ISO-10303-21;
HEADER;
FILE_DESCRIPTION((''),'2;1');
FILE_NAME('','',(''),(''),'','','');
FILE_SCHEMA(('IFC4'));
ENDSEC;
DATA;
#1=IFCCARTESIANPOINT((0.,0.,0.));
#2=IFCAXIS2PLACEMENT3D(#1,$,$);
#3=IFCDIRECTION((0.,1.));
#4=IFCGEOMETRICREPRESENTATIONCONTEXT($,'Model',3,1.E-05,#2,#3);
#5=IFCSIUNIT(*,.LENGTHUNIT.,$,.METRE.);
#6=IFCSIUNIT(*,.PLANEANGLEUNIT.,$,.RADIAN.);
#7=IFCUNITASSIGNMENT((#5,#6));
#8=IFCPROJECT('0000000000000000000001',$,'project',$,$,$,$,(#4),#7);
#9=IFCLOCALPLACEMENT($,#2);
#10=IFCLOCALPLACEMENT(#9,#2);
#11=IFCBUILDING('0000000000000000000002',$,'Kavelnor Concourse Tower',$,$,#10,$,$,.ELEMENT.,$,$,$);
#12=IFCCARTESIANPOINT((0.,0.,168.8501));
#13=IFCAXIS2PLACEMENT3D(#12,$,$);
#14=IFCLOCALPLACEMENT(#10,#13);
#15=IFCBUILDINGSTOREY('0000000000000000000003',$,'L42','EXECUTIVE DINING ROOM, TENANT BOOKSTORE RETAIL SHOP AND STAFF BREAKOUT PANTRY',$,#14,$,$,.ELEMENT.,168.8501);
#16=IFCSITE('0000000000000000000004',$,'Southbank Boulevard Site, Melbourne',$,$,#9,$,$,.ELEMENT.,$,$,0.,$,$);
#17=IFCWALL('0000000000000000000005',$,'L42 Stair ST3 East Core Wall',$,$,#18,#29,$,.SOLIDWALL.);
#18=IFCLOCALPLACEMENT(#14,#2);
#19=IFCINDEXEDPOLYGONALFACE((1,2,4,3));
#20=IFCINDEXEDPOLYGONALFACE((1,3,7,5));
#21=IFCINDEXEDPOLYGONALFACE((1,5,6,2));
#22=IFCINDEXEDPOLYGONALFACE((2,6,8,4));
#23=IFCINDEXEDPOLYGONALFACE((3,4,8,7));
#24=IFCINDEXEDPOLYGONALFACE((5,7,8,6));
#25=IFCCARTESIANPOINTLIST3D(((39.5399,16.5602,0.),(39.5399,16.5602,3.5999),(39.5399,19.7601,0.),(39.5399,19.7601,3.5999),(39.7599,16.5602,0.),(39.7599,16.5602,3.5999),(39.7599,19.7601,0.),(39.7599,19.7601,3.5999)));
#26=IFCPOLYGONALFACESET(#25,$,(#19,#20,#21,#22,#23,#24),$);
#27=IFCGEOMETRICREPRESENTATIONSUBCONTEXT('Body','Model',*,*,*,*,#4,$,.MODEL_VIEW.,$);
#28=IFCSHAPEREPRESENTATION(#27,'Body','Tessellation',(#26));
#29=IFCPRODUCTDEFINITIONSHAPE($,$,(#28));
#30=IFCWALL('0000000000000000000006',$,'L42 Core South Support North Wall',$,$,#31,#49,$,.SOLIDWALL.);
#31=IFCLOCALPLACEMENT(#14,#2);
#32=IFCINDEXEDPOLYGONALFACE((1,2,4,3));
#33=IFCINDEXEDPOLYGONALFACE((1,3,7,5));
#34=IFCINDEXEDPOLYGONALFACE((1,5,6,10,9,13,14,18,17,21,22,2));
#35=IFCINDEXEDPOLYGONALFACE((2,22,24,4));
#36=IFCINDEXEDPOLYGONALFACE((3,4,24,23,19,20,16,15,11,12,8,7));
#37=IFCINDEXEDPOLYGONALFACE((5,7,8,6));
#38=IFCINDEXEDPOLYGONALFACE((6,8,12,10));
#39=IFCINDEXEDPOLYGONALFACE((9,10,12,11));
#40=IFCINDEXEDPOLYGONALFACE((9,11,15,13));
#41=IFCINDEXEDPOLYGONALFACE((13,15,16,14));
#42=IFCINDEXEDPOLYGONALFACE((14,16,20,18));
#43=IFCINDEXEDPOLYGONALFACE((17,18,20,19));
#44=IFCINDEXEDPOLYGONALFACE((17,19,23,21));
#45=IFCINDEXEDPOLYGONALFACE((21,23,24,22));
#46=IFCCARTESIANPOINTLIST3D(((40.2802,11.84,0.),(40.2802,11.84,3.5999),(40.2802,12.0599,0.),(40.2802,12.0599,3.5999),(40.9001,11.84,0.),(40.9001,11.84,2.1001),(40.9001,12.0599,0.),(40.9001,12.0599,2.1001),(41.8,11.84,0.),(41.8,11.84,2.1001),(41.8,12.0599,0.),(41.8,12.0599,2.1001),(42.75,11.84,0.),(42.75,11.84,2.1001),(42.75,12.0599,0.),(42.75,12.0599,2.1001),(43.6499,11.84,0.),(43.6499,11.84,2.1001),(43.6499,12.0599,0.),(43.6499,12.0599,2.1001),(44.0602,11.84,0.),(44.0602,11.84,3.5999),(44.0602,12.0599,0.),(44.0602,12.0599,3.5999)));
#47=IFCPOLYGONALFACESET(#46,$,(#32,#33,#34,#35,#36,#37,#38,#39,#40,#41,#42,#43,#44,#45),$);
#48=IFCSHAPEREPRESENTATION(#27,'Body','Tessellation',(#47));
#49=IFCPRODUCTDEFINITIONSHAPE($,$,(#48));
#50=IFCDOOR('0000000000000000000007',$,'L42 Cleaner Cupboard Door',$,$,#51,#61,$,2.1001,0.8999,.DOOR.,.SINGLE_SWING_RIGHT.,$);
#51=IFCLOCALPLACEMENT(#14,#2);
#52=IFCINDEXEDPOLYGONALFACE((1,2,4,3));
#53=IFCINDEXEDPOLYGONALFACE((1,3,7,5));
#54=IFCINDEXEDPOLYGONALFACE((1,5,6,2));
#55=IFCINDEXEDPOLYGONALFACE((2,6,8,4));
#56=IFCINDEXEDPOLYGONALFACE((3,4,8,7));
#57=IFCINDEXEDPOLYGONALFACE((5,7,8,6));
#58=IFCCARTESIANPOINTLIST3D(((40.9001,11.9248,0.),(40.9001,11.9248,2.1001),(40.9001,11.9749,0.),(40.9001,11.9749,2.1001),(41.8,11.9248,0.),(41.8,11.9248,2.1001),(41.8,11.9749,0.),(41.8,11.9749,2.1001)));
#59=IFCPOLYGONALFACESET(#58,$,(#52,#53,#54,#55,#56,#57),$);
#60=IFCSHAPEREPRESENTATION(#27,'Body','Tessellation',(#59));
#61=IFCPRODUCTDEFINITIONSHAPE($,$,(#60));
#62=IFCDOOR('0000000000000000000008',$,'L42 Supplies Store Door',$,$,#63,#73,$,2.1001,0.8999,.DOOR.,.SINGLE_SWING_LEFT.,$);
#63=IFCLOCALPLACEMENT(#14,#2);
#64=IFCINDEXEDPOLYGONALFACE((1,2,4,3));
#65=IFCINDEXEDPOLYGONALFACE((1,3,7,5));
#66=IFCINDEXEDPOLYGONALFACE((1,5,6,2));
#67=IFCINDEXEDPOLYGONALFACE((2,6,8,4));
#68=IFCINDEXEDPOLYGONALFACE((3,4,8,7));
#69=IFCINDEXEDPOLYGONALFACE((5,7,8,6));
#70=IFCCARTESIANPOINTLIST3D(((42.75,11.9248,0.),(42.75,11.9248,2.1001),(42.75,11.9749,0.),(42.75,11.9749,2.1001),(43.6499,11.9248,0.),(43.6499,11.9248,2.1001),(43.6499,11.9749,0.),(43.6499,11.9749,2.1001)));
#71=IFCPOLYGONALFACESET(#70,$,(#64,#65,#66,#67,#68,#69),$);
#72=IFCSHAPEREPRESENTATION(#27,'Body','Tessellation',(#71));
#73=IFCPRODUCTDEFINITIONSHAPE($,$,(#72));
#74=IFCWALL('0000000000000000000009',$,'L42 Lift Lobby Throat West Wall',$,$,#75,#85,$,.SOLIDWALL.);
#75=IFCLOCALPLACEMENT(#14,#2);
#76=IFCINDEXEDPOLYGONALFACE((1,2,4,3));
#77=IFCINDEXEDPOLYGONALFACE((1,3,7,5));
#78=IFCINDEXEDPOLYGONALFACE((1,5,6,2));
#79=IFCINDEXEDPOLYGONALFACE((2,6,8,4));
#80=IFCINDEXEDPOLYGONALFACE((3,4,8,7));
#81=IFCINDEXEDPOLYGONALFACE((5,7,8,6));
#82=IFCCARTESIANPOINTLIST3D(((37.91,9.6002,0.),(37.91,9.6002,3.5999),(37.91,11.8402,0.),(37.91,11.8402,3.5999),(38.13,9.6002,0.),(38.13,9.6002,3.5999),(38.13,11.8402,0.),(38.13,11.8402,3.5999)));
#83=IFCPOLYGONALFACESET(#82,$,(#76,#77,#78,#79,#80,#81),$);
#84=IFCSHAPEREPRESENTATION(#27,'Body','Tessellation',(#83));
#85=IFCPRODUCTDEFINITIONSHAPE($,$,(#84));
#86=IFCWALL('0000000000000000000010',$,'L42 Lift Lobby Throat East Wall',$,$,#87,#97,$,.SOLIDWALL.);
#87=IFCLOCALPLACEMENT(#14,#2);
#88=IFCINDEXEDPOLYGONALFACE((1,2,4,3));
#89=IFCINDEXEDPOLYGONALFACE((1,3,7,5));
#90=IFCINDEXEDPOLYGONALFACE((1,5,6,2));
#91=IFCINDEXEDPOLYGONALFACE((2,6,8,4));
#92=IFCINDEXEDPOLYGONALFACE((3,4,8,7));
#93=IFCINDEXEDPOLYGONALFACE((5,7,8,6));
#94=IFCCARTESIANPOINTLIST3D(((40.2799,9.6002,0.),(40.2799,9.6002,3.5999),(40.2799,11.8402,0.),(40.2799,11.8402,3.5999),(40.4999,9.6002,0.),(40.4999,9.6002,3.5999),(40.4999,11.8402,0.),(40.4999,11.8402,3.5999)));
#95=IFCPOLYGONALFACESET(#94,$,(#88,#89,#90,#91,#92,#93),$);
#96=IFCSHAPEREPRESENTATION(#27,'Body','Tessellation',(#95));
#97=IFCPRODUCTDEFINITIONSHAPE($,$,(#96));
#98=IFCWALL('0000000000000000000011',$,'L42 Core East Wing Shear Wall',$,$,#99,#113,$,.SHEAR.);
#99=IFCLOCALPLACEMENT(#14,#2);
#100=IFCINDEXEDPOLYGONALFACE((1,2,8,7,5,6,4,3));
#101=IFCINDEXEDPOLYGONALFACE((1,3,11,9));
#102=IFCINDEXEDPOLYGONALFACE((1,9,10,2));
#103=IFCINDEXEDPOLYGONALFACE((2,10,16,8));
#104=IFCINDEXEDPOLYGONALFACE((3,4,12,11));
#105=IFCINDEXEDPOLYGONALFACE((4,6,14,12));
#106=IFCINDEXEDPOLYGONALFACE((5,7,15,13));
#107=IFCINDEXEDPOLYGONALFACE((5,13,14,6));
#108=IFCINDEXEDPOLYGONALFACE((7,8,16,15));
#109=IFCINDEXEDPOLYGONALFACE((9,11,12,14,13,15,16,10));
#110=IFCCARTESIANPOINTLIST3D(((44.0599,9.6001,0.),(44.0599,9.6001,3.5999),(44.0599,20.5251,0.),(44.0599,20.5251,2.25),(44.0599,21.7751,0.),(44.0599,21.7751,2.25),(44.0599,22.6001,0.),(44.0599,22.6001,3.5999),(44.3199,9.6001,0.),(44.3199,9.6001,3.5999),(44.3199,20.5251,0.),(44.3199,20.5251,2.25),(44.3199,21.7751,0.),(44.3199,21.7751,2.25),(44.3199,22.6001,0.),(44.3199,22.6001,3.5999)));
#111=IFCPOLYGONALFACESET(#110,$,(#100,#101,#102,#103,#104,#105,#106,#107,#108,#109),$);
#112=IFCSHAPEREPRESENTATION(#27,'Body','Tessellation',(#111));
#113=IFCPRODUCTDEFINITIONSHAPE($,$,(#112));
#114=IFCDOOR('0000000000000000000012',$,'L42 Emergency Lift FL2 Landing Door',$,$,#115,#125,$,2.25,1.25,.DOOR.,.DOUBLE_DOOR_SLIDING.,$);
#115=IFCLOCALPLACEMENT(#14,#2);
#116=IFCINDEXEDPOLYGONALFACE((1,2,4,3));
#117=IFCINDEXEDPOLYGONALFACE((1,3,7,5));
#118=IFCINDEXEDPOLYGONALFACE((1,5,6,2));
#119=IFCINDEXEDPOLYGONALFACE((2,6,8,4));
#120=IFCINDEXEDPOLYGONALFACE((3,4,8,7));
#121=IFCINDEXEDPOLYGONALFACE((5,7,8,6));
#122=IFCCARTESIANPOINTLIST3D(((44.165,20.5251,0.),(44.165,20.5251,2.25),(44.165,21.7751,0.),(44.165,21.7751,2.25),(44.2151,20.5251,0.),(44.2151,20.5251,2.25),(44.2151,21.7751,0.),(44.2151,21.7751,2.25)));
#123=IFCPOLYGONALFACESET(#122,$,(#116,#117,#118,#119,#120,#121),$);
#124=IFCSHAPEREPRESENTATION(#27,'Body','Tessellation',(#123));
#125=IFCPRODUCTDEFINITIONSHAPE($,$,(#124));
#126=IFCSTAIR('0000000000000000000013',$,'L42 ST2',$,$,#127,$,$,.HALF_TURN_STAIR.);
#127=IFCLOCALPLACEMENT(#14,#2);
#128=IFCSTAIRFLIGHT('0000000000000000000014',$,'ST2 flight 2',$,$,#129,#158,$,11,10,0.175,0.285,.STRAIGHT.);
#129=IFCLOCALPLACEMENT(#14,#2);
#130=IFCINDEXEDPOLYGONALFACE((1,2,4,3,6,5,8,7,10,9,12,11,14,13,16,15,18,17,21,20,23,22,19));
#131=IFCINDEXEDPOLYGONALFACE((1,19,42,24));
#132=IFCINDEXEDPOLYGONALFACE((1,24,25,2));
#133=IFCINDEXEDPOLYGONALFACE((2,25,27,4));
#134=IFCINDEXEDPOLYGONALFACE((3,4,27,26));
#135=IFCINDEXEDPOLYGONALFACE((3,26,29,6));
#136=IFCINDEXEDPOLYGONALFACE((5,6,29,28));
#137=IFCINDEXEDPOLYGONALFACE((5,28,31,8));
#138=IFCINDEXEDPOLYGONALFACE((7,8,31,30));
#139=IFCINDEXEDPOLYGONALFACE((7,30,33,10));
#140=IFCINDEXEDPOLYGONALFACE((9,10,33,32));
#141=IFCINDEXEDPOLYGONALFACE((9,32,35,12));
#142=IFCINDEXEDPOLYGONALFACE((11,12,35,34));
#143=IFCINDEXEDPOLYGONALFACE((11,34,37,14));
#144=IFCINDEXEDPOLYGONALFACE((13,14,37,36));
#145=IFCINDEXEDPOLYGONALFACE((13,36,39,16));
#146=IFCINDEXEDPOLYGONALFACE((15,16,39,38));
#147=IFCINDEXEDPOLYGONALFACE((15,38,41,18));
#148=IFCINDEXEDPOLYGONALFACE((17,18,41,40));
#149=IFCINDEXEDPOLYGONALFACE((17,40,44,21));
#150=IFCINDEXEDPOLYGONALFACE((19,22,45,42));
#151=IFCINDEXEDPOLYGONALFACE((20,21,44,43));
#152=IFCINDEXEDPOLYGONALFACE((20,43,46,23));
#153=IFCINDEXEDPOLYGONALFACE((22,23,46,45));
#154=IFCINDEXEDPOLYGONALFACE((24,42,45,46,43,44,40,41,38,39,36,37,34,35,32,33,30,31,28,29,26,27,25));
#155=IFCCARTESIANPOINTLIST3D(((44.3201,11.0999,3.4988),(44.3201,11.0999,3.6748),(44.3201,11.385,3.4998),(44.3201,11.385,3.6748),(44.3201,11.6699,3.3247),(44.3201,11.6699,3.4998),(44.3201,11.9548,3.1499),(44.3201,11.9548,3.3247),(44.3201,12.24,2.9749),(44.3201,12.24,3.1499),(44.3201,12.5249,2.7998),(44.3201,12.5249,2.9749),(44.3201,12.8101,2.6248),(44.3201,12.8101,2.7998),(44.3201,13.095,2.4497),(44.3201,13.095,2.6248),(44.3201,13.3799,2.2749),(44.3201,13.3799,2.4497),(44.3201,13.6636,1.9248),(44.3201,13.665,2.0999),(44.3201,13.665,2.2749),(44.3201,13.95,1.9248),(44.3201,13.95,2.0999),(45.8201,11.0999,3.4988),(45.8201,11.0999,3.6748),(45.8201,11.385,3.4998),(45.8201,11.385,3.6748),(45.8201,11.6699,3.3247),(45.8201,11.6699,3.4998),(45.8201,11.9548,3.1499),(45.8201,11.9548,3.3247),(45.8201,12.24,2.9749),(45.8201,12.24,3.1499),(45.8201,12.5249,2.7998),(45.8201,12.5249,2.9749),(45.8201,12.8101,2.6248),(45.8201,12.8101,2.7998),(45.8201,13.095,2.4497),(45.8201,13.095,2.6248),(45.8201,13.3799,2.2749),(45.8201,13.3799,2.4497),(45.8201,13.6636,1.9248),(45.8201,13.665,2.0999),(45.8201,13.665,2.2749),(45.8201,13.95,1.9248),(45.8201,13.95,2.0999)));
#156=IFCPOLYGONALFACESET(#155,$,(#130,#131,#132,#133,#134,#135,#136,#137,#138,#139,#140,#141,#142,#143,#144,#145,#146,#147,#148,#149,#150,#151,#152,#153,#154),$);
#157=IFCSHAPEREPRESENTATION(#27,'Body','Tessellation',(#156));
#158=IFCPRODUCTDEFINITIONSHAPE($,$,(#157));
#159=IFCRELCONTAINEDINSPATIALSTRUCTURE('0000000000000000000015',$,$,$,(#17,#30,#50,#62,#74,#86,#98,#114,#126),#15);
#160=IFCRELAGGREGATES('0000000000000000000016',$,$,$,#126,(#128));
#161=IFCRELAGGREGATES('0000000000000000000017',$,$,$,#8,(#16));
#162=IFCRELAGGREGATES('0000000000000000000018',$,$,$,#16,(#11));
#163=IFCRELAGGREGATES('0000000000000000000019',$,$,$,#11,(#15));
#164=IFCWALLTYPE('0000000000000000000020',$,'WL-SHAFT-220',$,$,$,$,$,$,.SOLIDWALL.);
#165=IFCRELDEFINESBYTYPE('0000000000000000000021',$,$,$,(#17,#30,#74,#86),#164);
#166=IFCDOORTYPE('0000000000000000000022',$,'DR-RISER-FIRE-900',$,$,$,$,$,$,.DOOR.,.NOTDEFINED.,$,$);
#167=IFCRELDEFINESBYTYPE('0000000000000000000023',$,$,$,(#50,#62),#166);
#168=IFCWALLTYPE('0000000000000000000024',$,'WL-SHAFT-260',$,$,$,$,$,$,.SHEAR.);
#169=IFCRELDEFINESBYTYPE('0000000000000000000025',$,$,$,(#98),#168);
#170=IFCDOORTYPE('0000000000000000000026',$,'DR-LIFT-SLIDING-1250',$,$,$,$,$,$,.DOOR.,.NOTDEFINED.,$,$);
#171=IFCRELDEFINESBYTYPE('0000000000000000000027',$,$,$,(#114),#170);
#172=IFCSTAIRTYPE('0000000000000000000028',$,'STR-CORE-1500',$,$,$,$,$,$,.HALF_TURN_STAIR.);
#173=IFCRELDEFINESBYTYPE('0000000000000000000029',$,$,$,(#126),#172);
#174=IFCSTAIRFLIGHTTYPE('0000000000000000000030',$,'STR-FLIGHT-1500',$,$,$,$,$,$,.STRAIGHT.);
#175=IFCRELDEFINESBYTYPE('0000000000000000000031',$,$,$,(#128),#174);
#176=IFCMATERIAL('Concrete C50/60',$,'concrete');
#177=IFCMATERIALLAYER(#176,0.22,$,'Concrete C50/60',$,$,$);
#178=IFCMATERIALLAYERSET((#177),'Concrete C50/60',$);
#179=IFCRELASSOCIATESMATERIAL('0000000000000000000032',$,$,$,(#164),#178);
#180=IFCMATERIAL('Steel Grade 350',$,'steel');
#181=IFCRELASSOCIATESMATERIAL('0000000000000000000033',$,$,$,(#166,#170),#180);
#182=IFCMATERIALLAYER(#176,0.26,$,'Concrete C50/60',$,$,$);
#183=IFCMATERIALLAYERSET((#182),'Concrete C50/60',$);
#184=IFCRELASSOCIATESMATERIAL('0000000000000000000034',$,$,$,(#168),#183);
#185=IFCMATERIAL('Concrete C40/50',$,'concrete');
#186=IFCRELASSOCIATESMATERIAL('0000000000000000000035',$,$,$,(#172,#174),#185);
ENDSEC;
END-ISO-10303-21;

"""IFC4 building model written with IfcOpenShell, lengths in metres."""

from ifc_helpers import new_model, si_unit, direction, frame, frame_2d, origin, place, context, subcontext, project, spatial, polyline, rectangle, outline, extrude, material, layer, layer_set, type_object, element, fill, aggregate, save


model = new_model("IFC4")

# Units and contexts
model_context = context("Model", 3, precision=1e-05, world=origin(), true_north=direction((0.0, 1.0)))
body_context = subcontext(model_context, "Body", "Model", "MODEL_VIEW")
ifc_project = project(units=[si_unit("LENGTHUNIT", "METRE"), si_unit("PLANEANGLEUNIT", "RADIAN")], contexts=[model_context])

# Site, building, storey
site_placement = place(None, origin())
site = spatial("IfcSite", under=ifc_project, at=site_placement, Name="Southbank Boulevard Site, Melbourne", CompositionType="ELEMENT", RefElevation=0.0)
building_placement = place(site_placement, origin())
building = spatial("IfcBuilding", under=site, at=building_placement, Name="Kavelnor Concourse Tower", CompositionType="ELEMENT")
storey_placement = place(building_placement, frame((0.0, 0.0, 168.8501)))
storey = spatial("IfcBuildingStorey", under=building, at=storey_placement, Name="L42", Description="EXECUTIVE DINING ROOM, TENANT BOOKSTORE RETAIL SHOP AND STAFF BREAKOUT PANTRY", CompositionType="ELEMENT", Elevation=168.8501)

# Shared definitions
ifc_material_1 = material(Name="Steel Grade 350", Category="steel")

# Wall
ifc_material_2 = material(Name="Concrete C50/60", Category="concrete")
ifc_layer_1 = layer(ifc_material_2, 0.22, Name="Concrete C50/60")
ifc_layer_set_1 = layer_set([ifc_layer_1], Name="Concrete C50/60")
wall_type_1 = type_object("IfcWallType", Name="WL-SHAFT-220", PredefinedType="SOLIDWALL", material=ifc_layer_set_1)
wall_1_placement = place(storey_placement, frame((39.6499, 16.5601, 0.0), z_axis=(0.0, 0.0, 1.0), x_axis=(0.0, 1.0, 0.0)))
element("IfcWall", 1, at=wall_1_placement, inside=storey, type_object=wall_type_1, Name="L42 Stair ST3 East Core Wall", PredefinedType="SOLIDWALL", context=body_context, shape_type="SweptSolid", body=[
    extrude(rectangle(XDim=3.2, YDim=0.22, at=frame_2d((1.6001, 0.0))), origin(), (0.0, 0.0, 1.0), 3.5999),
])

# Wall, openings, doors
wall_2_placement = place(storey_placement, frame((40.28, 11.95, 0.0), z_axis=(0.0, 0.0, 1.0), x_axis=(1.0, 0.0, 0.0)))
wall_2 = element("IfcWall", 2, at=wall_2_placement, inside=storey, type_object=wall_type_1, Name="L42 Core South Support North Wall", PredefinedType="SOLIDWALL", context=body_context, shape_type="SweptSolid", body=[
    extrude(rectangle(XDim=3.78, YDim=0.22, at=frame_2d((1.8901, 0.0))), origin(), (0.0, 0.0, 1.0), 3.5999),
])
opening_1_placement = place(wall_2_placement, frame((0.6201, 0.0, 0.0)))
opening_1 = element("IfcOpeningElement", 3, at=opening_1_placement, cuts=wall_2, PredefinedType="OPENING", context=body_context, shape_type="SweptSolid", body=[
    extrude(rectangle(XDim=0.8999, YDim=2.1001, at=frame_2d((0.45, 1.05))), frame((0.0, 0.1201, 0.0), z_axis=(0.0, -1.0, 0.0), x_axis=(1.0, 0.0, 0.0)), (0.0, 0.0, 1.0), 0.24),
])
opening_2_placement = place(wall_2_placement, frame((2.47, 0.0, 0.0)))
opening_2 = element("IfcOpeningElement", 4, at=opening_2_placement, cuts=wall_2, PredefinedType="OPENING", context=body_context, shape_type="SweptSolid", body=[
    extrude(rectangle(XDim=0.8999, YDim=2.1001, at=frame_2d((0.45, 1.05))), frame((0.0, 0.1201, 0.0), z_axis=(0.0, -1.0, 0.0), x_axis=(1.0, 0.0, 0.0)), (0.0, 0.0, 1.0), 0.24),
])
door_type_1 = type_object("IfcDoorType", Name="DR-RISER-FIRE-900", OperationType="NOTDEFINED", PredefinedType="DOOR", material=ifc_material_1)
door_1_placement = place(opening_1_placement, origin())
door_1 = element("IfcDoor", 5, at=door_1_placement, inside=storey, type_object=door_type_1, Name="L42 Cleaner Cupboard Door", OperationType="SINGLE_SWING_RIGHT", OverallHeight=2.1001, OverallWidth=0.8999, PredefinedType="DOOR", context=body_context, shape_type="SweptSolid", body=[
    extrude(rectangle(XDim=0.8999, YDim=2.1001, at=frame_2d((0.45, 1.05))), frame((0.0, 0.0249, 0.0), z_axis=(0.0, -1.0, 0.0), x_axis=(1.0, 0.0, 0.0)), (0.0, 0.0, 1.0), 0.05),
])
fill(opening_1, door_1)
door_2_placement = place(opening_2_placement, origin())
door_2 = element("IfcDoor", 6, at=door_2_placement, inside=storey, type_object=door_type_1, Name="L42 Supplies Store Door", OperationType="SINGLE_SWING_LEFT", OverallHeight=2.1001, OverallWidth=0.8999, PredefinedType="DOOR", context=body_context, shape_type="SweptSolid", body=[
    extrude(rectangle(XDim=0.8999, YDim=2.1001, at=frame_2d((0.45, 1.05))), frame((0.0, 0.0249, 0.0), z_axis=(0.0, -1.0, 0.0), x_axis=(1.0, 0.0, 0.0)), (0.0, 0.0, 1.0), 0.05),
])
fill(opening_2, door_2)

# Walls
for number, where, z_axis, x_axis, name in (
    (7, (38.02, 9.6001, 0.0), (0.0, 0.0, 1.0), (0.0, 1.0, 0.0), "L42 Lift Lobby Throat West Wall"),
    (8, (40.3899, 9.6001, 0.0), (0.0, 0.0, 1.0), (0.0, 1.0, 0.0), "L42 Lift Lobby Throat East Wall"),
):
    element("IfcWall", number, at=place(storey_placement, frame(where, z_axis=z_axis, x_axis=x_axis)), inside=storey, type_object=wall_type_1, Name=name, PredefinedType="SOLIDWALL", context=body_context, shape_type="SweptSolid", body=[
        extrude(rectangle(XDim=2.24, YDim=0.22, at=frame_2d((1.1201, 0.0))), origin(), (0.0, 0.0, 1.0), 3.5999),
    ])

# Wall, opening, door
ifc_layer_2 = layer(ifc_material_2, 0.26, Name="Concrete C50/60")
ifc_layer_set_2 = layer_set([ifc_layer_2], Name="Concrete C50/60")
wall_type_2 = type_object("IfcWallType", Name="WL-SHAFT-260", PredefinedType="SHEAR", material=ifc_layer_set_2)
wall_3_placement = place(storey_placement, frame((44.1899, 9.6001, 0.0), z_axis=(0.0, 0.0, 1.0), x_axis=(0.0, 1.0, 0.0)))
wall_3 = element("IfcWall", 9, at=wall_3_placement, inside=storey, type_object=wall_type_2, Name="L42 Core East Wing Shear Wall", PredefinedType="SHEAR", context=body_context, shape_type="SweptSolid", body=[
    extrude(rectangle(XDim=13.0, YDim=0.26, at=frame_2d((6.5, 0.0))), origin(), (0.0, 0.0, 1.0), 3.5999),
])
opening_3_placement = place(wall_3_placement, frame((10.925, 0.0, 0.0)))
opening_3 = element("IfcOpeningElement", 10, at=opening_3_placement, cuts=wall_3, PredefinedType="OPENING", context=body_context, shape_type="SweptSolid", body=[
    extrude(rectangle(XDim=1.25, YDim=2.25, at=frame_2d((0.625, 1.125))), frame((0.0, 0.1401, 0.0), z_axis=(0.0, -1.0, 0.0), x_axis=(1.0, 0.0, 0.0)), (0.0, 0.0, 1.0), 0.28),
])
door_type_2 = type_object("IfcDoorType", Name="DR-LIFT-SLIDING-1250", OperationType="NOTDEFINED", PredefinedType="DOOR", material=ifc_material_1)
door_3_placement = place(opening_3_placement, origin())
door_3 = element("IfcDoor", 11, at=door_3_placement, inside=storey, type_object=door_type_2, Name="L42 Emergency Lift FL2 Landing Door", OperationType="DOUBLE_DOOR_SLIDING", OverallHeight=2.25, OverallWidth=1.25, PredefinedType="DOOR", context=body_context, shape_type="SweptSolid", body=[
    extrude(rectangle(XDim=1.25, YDim=2.25, at=frame_2d((0.625, 1.125))), frame((0.0, 0.0249, 0.0), z_axis=(0.0, -1.0, 0.0), x_axis=(1.0, 0.0, 0.0)), (0.0, 0.0, 1.0), 0.05),
])
fill(opening_3, door_3)

# Stair, stair flight
ifc_material_3 = material(Name="Concrete C40/50", Category="concrete")
stair_type = type_object("IfcStairType", Name="STR-CORE-1500", PredefinedType="HALF_TURN_STAIR", material=ifc_material_3)
stair_placement = place(storey_placement, origin())
stair = element("IfcStair", 12, at=stair_placement, inside=storey, type_object=stair_type, Name="L42 ST2", PredefinedType="HALF_TURN_STAIR")
stair_flight_type = type_object("IfcStairFlightType", Name="STR-FLIGHT-1500", PredefinedType="STRAIGHT", material=ifc_material_3)
stair_flight_placement = place(storey_placement, frame((45.0701, 13.95, 1.9248), z_axis=(0.0, 0.0, 1.0), x_axis=(0.0, -1.0, 0.0)))
stair_flight = element("IfcStairFlight", 13, at=stair_flight_placement, type_object=stair_flight_type, Name="ST2 flight 2", NumberOfRisers=11, NumberOfTreads=10, PredefinedType="STRAIGHT", RiserHeight=0.175, TreadLength=0.285, context=body_context, shape_type="SweptSolid", body=[
    extrude(outline(polyline([(0.0, 0.0), (0.0, 0.175), (0.2849, 0.175), (0.2849, 0.3501), (0.5701, 0.3501), (0.5701, 0.5249), (0.855, 0.5249), (0.855, 0.7), (1.1399, 0.7), (1.1399, 0.875), (1.425, 0.875), (1.425, 1.05), (1.71, 1.05), (1.71, 1.2251), (1.9951, 1.2251), (1.9951, 1.3999), (2.28, 1.3999), (2.28, 1.575), (2.5649, 1.575), (2.5649, 1.75), (2.8501, 1.75), (2.8501, 1.925), (2.8501, 1.574), (0.2864, 0.0), (0.0, 0.0)])), frame((0.0, 0.75, 0.0), z_axis=(0.0, -1.0, 0.0), x_axis=(1.0, 0.0, 0.0)), (0.0, 0.0, 1.0), 1.5),
])
aggregate(stair, [stair_flight])

save(model, "model.ifc")
